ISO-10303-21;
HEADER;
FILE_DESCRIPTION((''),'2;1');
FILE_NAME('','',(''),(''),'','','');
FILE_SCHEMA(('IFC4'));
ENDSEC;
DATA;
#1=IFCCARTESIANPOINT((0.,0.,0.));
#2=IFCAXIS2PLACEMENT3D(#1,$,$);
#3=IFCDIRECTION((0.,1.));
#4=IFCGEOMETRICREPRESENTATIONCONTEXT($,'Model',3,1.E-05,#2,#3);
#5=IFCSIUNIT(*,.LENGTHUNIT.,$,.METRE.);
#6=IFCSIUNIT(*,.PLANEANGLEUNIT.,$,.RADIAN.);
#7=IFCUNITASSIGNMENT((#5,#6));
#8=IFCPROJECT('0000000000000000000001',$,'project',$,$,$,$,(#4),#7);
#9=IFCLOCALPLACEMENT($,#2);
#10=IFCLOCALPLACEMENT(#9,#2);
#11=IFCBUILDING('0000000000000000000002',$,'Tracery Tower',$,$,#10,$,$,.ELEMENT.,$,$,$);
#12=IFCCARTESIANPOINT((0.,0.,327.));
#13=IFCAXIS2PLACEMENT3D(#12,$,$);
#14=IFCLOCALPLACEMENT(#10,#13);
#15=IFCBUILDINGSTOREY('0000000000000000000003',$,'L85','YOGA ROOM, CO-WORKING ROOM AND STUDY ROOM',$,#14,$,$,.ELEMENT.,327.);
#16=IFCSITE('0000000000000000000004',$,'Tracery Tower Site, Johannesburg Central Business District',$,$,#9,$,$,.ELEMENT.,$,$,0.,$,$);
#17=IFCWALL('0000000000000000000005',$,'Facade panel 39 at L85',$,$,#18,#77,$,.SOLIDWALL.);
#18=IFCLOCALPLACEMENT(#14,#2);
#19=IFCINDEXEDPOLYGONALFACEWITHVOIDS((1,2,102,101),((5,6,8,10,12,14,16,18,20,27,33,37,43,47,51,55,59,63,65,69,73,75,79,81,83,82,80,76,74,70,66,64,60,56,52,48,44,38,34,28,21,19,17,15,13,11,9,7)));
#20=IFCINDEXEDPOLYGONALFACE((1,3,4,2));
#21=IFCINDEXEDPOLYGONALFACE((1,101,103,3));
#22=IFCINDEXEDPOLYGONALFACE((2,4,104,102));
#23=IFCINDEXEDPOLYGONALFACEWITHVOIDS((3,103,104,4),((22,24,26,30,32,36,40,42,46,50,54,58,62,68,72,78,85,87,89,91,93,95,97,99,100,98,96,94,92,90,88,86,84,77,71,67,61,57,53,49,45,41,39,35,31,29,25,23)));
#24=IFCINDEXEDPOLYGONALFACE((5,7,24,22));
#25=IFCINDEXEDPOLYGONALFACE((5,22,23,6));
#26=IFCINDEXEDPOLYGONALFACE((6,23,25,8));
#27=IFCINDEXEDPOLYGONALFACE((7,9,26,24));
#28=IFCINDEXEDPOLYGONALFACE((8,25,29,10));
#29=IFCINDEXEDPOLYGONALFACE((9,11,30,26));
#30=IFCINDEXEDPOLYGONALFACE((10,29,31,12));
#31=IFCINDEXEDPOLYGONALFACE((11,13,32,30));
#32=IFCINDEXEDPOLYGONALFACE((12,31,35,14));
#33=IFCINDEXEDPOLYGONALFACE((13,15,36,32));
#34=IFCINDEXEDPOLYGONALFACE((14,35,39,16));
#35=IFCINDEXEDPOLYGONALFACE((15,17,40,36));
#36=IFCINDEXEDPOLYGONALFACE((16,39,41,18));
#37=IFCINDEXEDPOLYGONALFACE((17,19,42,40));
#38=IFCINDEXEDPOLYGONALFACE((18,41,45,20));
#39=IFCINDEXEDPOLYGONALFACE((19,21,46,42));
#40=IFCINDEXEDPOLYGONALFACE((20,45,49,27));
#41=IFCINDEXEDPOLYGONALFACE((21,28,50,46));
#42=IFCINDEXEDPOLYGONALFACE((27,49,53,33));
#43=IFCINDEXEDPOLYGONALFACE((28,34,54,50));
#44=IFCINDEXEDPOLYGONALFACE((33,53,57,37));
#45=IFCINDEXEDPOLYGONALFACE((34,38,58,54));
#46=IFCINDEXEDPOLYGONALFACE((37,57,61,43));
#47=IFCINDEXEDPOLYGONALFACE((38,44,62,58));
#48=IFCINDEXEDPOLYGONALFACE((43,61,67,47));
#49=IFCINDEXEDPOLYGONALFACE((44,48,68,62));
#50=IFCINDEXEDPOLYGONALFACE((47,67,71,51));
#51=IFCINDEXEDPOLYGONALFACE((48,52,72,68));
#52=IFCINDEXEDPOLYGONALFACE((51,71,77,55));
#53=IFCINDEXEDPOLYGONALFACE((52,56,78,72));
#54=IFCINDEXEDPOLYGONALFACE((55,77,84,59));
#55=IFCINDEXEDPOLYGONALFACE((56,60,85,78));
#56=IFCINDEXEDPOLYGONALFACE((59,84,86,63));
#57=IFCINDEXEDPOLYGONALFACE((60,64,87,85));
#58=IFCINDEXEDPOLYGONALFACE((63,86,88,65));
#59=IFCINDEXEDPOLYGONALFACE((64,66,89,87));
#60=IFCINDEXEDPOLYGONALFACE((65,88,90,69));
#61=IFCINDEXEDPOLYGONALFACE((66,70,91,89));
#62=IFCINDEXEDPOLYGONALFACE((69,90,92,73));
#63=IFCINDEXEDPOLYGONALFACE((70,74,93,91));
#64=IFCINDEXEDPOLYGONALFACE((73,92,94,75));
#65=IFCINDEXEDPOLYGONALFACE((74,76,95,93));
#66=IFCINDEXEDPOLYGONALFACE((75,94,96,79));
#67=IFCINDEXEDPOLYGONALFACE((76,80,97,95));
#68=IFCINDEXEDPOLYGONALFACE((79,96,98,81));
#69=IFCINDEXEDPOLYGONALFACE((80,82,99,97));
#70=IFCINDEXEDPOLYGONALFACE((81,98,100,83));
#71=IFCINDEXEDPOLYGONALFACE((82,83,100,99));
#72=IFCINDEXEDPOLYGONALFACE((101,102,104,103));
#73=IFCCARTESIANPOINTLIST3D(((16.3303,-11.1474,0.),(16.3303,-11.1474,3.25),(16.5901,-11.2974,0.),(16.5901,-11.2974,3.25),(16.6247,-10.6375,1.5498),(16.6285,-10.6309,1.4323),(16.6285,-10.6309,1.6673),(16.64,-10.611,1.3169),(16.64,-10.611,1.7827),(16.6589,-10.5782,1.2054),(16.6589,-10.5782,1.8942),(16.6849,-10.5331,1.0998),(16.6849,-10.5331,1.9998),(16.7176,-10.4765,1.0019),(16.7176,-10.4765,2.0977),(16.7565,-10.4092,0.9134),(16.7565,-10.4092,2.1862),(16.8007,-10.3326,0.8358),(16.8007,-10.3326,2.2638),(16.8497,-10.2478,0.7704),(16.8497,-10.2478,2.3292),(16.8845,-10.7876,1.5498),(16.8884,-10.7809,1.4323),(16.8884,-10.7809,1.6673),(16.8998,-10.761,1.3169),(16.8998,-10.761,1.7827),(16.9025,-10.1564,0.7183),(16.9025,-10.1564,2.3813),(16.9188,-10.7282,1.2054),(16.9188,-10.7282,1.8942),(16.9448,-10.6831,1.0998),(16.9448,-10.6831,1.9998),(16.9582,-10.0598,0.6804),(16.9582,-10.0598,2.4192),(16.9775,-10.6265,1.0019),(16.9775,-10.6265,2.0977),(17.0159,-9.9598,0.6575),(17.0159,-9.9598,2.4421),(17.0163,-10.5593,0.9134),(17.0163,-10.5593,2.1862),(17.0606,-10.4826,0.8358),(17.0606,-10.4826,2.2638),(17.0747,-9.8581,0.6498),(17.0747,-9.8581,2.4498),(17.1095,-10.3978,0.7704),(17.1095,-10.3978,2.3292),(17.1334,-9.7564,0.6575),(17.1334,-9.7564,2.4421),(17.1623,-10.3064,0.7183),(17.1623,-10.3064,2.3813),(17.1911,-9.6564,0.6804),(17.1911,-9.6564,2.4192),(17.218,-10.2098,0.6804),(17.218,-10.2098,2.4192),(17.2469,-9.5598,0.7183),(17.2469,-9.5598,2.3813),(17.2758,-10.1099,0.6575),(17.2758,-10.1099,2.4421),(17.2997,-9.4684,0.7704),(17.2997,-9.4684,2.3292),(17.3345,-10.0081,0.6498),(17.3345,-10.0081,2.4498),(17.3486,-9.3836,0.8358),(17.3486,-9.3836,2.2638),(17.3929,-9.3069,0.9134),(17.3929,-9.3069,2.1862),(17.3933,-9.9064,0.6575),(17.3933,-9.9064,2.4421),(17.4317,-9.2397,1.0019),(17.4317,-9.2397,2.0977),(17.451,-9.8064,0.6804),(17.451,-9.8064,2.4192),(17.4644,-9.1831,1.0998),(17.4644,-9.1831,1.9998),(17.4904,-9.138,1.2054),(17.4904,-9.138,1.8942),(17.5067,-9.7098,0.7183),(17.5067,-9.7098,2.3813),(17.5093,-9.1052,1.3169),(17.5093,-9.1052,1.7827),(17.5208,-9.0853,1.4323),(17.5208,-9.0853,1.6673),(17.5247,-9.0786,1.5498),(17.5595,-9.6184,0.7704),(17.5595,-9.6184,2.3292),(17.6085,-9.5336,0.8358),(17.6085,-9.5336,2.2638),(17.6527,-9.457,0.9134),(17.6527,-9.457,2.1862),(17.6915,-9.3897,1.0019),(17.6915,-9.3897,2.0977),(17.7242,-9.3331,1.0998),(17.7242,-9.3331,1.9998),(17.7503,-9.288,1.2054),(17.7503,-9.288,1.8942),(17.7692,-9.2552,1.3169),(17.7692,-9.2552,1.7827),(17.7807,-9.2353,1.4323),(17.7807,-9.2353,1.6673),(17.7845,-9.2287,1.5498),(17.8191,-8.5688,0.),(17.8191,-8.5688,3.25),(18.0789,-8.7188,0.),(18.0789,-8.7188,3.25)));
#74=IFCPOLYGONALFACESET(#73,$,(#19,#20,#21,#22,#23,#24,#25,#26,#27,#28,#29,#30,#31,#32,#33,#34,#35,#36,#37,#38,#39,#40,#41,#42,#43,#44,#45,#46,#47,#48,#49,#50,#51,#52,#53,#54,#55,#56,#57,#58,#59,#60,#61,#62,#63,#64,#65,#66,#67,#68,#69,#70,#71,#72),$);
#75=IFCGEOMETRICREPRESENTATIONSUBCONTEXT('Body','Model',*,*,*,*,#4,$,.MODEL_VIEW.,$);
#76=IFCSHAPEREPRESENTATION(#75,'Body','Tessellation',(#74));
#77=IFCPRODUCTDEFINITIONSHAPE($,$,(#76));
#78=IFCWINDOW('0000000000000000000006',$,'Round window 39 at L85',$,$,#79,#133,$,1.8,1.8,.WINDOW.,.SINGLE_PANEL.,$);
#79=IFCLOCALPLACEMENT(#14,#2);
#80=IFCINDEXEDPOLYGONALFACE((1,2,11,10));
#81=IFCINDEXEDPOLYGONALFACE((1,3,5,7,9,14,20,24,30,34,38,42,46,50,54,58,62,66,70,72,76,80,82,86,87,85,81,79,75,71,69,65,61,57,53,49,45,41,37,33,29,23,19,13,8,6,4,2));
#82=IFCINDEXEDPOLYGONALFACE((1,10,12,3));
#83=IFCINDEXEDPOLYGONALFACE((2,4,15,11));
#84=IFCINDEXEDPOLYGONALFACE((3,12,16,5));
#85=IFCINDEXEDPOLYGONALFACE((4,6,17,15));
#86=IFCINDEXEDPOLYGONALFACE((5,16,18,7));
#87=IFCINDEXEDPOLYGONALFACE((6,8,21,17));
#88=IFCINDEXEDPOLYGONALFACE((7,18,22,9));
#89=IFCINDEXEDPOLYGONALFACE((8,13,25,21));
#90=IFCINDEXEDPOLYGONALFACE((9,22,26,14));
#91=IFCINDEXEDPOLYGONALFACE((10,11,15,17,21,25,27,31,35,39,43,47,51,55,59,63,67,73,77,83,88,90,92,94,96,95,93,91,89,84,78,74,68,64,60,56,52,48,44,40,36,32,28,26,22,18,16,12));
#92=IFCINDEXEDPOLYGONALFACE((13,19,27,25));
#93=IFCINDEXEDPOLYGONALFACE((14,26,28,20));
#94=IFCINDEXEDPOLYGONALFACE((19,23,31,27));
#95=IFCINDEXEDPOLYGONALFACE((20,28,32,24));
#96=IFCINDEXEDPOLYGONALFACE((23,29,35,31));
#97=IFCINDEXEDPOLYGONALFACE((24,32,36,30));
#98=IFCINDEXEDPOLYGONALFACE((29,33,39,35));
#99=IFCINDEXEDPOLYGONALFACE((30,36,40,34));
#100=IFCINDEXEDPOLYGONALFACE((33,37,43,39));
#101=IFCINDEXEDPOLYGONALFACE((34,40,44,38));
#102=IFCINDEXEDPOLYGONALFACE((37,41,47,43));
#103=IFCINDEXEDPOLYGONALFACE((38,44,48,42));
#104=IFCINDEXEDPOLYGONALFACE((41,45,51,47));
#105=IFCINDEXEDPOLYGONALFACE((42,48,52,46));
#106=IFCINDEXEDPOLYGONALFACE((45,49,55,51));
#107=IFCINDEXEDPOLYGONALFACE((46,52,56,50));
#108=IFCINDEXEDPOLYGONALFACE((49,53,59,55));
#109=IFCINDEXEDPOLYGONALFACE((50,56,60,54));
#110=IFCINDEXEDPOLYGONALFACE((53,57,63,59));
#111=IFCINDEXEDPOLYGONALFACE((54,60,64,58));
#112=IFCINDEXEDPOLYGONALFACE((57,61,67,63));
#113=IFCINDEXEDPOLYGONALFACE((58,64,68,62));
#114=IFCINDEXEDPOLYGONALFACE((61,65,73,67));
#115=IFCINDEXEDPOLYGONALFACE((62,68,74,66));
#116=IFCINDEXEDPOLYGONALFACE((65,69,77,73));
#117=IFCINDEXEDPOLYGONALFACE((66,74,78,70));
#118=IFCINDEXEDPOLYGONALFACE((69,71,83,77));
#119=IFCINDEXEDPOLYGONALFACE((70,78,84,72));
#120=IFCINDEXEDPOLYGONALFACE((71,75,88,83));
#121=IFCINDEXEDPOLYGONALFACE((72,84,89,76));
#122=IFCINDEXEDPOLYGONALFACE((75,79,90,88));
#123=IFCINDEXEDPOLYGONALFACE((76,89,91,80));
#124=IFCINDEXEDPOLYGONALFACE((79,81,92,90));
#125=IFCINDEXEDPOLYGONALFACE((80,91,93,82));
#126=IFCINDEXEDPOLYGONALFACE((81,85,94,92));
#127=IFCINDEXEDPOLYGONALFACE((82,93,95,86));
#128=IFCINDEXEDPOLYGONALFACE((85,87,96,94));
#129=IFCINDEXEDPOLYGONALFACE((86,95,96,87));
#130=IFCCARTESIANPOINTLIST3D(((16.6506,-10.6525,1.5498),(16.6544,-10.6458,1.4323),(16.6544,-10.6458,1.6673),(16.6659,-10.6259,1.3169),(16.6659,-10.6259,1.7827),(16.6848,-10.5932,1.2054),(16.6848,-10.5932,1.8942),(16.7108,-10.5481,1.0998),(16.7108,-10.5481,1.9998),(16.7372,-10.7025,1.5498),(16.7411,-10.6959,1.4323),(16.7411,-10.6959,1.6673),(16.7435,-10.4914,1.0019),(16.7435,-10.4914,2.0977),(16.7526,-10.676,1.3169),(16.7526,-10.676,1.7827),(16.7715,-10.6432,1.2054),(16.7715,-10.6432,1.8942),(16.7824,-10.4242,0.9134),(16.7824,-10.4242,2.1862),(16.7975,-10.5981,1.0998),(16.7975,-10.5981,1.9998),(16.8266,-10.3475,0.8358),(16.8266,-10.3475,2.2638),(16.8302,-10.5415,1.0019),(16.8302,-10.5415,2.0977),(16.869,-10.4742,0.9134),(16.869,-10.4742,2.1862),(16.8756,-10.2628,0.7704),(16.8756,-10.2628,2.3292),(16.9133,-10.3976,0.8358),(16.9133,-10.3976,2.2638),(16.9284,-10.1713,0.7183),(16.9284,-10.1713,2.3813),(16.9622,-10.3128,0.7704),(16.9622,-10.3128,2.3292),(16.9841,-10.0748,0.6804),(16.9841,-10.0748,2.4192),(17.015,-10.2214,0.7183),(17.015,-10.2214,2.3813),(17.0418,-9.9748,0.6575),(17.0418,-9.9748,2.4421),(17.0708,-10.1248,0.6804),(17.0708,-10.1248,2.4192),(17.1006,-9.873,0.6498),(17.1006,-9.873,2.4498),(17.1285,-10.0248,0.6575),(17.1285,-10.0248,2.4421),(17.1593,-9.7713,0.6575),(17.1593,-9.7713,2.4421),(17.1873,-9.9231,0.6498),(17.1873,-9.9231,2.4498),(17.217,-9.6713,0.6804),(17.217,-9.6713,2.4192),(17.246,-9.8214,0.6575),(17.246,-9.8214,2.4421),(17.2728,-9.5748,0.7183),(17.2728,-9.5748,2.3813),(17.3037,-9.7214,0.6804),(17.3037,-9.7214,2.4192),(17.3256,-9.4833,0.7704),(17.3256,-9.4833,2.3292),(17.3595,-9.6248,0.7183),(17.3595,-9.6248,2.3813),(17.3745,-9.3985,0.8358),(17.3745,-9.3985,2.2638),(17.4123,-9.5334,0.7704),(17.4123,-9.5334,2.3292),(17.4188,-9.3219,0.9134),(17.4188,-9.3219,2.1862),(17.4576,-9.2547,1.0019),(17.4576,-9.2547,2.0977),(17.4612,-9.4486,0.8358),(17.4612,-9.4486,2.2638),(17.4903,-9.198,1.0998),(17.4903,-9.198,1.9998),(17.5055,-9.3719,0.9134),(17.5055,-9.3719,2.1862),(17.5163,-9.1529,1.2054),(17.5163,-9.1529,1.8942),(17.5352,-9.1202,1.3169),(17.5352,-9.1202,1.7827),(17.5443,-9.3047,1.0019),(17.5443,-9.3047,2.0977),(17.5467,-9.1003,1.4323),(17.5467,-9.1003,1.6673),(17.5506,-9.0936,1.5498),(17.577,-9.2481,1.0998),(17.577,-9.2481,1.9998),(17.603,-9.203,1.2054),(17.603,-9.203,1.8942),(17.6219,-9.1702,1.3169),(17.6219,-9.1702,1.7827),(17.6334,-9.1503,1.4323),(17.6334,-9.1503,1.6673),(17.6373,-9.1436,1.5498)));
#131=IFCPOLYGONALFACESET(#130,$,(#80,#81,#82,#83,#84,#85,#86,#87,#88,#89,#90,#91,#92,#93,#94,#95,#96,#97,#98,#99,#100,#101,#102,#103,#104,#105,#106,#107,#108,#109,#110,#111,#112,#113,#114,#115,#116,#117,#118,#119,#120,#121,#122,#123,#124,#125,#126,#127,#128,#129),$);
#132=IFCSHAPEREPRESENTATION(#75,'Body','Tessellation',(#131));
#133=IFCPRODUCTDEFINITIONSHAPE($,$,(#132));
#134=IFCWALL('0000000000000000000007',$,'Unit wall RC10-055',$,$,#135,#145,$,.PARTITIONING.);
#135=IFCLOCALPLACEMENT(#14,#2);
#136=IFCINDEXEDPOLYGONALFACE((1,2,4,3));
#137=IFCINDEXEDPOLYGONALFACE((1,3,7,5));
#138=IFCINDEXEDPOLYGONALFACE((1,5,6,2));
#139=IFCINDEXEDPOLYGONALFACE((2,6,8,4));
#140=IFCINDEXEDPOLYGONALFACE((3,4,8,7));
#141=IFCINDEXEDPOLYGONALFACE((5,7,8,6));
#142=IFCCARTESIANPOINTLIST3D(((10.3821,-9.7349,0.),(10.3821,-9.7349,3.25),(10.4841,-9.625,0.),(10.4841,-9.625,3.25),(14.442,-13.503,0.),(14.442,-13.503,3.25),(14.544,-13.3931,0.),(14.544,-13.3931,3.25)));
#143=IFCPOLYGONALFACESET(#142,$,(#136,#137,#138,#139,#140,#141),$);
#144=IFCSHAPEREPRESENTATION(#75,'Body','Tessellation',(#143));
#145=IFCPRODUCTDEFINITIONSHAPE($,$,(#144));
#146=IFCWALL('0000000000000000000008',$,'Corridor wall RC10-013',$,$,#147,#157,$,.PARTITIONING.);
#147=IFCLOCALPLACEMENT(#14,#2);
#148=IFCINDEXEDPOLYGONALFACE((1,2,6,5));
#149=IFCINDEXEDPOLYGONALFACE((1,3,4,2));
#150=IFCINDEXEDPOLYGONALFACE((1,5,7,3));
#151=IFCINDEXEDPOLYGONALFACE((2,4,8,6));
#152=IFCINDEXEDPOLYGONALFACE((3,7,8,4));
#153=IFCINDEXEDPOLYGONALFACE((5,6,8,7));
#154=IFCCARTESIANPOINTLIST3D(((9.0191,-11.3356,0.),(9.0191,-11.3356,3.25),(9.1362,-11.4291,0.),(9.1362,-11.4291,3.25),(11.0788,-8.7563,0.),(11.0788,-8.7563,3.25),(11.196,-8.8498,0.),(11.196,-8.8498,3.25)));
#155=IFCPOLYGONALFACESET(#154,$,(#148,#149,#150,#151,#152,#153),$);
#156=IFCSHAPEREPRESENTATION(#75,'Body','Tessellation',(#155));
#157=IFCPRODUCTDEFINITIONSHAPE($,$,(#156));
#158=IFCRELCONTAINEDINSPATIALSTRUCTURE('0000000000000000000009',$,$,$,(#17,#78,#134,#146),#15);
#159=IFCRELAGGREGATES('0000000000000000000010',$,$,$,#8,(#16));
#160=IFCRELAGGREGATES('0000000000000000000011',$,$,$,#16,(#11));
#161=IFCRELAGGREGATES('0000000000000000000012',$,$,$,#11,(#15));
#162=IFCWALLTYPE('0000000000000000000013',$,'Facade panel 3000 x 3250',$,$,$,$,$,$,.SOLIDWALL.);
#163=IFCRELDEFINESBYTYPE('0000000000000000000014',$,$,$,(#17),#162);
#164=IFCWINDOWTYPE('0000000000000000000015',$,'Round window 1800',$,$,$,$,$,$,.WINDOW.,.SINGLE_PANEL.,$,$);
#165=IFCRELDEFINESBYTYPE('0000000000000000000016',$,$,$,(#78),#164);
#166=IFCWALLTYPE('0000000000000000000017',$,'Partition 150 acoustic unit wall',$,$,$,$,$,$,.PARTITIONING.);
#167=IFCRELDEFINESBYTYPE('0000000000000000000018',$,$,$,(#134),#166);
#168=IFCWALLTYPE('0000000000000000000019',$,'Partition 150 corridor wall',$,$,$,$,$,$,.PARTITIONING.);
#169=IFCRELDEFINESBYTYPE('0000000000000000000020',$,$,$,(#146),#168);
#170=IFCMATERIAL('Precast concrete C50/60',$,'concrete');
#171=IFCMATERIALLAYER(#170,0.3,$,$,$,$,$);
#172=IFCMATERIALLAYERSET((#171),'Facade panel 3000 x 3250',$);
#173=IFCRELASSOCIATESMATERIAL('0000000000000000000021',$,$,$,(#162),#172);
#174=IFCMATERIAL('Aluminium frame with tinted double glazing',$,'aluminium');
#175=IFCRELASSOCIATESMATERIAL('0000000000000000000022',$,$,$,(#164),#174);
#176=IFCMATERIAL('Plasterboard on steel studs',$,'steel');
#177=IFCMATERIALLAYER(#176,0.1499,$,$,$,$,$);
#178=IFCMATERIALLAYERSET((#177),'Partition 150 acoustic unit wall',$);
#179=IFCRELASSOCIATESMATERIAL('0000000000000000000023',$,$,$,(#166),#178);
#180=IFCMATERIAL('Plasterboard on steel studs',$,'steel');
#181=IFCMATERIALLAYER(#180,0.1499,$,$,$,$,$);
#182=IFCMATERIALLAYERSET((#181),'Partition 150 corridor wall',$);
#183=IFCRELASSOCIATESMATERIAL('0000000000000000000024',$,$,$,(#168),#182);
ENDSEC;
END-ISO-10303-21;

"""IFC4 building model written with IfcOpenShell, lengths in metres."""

from ifc_helpers import new_model, si_unit, direction, frame, frame_2d, origin, origin_2d, place, context, subcontext, project, spatial, rectangle, circle, extrude, material, layer, layer_set, type_object, element, fill, save


model = new_model("IFC4")

# Units and contexts
model_context = context("Model", 3, precision=1e-05, world=origin(), true_north=direction((0.0, 1.0)))
body_context = subcontext(model_context, "Body", "Model", "MODEL_VIEW")
ifc_project = project(units=[si_unit("LENGTHUNIT", "METRE"), si_unit("PLANEANGLEUNIT", "RADIAN")], contexts=[model_context])

# Site, building, storey
site_placement = place(None, origin())
site = spatial("IfcSite", under=ifc_project, at=site_placement, Name="Tracery Tower Site, Johannesburg Central Business District", CompositionType="ELEMENT", RefElevation=0.0)
building_placement = place(site_placement, origin())
building = spatial("IfcBuilding", under=site, at=building_placement, Name="Tracery Tower", CompositionType="ELEMENT")
storey_placement = place(building_placement, frame((0.0, 0.0, 327.0)))
storey = spatial("IfcBuildingStorey", under=building, at=storey_placement, Name="L85", Description="YOGA ROOM, CO-WORKING ROOM AND STUDY ROOM", CompositionType="ELEMENT", Elevation=327.0)

# Wall, opening, window
ifc_material_1 = material(Name="Precast concrete C50/60", Category="concrete")
ifc_layer_1 = layer(ifc_material_1, 0.3)
ifc_layer_set_1 = layer_set([ifc_layer_1], Name="Facade panel 3000 x 3250")
wall_type_1 = type_object("IfcWallType", Name="Facade panel 3000 x 3250", PredefinedType="SOLIDWALL", material=ifc_layer_set_1)
ifc_material_2 = material(Name="Aluminium frame with tinted double glazing", Category="aluminium")
window_type = type_object("IfcWindowType", Name="Round window 1800", PartitioningType="SINGLE_PANEL", PredefinedType="WINDOW", material=ifc_material_2)
wall_1_placement = place(storey_placement, frame((16.4602, -11.2224, 0.0), z_axis=(0.0, 0.0, 1.0), x_axis=(0.500002, 0.866024, 0.0)))
wall_1 = element("IfcWall", 1, at=wall_1_placement, inside=storey, type_object=wall_type_1, Name="Facade panel 39 at L85", PredefinedType="SOLIDWALL", context=body_context, shape_type="SweptSolid", body=[
    extrude(rectangle(XDim=2.9775, YDim=0.3, at=frame_2d((1.4888, 0.0))), origin(), (0.0, 0.0, 1.0), 3.25),
])
opening_1_placement = place(wall_1_placement, frame((1.4888, 0.0, 1.5498)))
opening_1 = element("IfcOpeningElement", 2, at=opening_1_placement, cuts=wall_1, PredefinedType="OPENING", context=body_context, shape_type="SweptSolid", body=[
    extrude(circle(Radius=0.9, at=origin_2d()), frame((0.0, 0.1599, 0.0), z_axis=(0.0, -1.0, 0.0), x_axis=(1.0, 0.0, 0.0)), (0.0, 0.0, 1.0), 0.3201),
])
window_1_placement = place(opening_1_placement, origin())
window_1 = element("IfcWindow", 3, at=window_1_placement, inside=storey, type_object=window_type, Name="Round window 39 at L85", OverallHeight=1.8, OverallWidth=1.8, PartitioningType="SINGLE_PANEL", PredefinedType="WINDOW", context=body_context, shape_type="SweptSolid", body=[
    extrude(circle(Radius=0.9, at=origin_2d()), frame((0.0, 0.1201, 0.0), z_axis=(0.0, -1.0, 0.0), x_axis=(1.0, 0.0, 0.0)), (0.0, 0.0, 1.0), 0.1001),
])
fill(opening_1, window_1)

# Walls
ifc_material_3 = material(Name="Plasterboard on steel studs", Category="steel")
ifc_layer_2 = layer(ifc_material_3, 0.1499)
ifc_layer_set_2 = layer_set([ifc_layer_2], Name="Partition 150 acoustic unit wall")
wall_type_2 = type_object("IfcWallType", Name="Partition 150 acoustic unit wall", PredefinedType="PARTITIONING", material=ifc_layer_set_2)
wall_2_placement = place(storey_placement, frame((10.4331, -9.6799, 0.0), z_axis=(0.0, 0.0, 1.0), x_axis=(0.732952, -0.68028, 0.0)))
element("IfcWall", 4, at=wall_2_placement, inside=storey, type_object=wall_type_2, Name="Unit wall RC10-055", PredefinedType="PARTITIONING", context=body_context, shape_type="SweptSolid", body=[
    extrude(rectangle(XDim=5.5391, YDim=0.1499, at=frame_2d((2.7695, 0.0))), origin(), (0.0, 0.0, 1.0), 3.25),
])
ifc_material_4 = material(Name="Plasterboard on steel studs", Category="steel")
ifc_layer_3 = layer(ifc_material_4, 0.1499)
ifc_layer_set_3 = layer_set([ifc_layer_3], Name="Partition 150 corridor wall")
wall_type_3 = type_object("IfcWallType", Name="Partition 150 corridor wall", PredefinedType="PARTITIONING", material=ifc_layer_set_3)
wall_3_placement = place(storey_placement, frame((9.0776, -11.3823, 0.0), z_axis=(0.0, 0.0, 1.0), x_axis=(0.624018, 0.78141, 0.0)))
element("IfcWall", 5, at=wall_3_placement, inside=storey, type_object=wall_type_3, Name="Corridor wall RC10-013", PredefinedType="PARTITIONING", context=body_context, shape_type="SweptSolid", body=[
    extrude(rectangle(XDim=3.3008, YDim=0.1499, at=frame_2d((1.6504, 0.0))), origin(), (0.0, 0.0, 1.0), 3.25),
])

save(model, "model.ifc")
